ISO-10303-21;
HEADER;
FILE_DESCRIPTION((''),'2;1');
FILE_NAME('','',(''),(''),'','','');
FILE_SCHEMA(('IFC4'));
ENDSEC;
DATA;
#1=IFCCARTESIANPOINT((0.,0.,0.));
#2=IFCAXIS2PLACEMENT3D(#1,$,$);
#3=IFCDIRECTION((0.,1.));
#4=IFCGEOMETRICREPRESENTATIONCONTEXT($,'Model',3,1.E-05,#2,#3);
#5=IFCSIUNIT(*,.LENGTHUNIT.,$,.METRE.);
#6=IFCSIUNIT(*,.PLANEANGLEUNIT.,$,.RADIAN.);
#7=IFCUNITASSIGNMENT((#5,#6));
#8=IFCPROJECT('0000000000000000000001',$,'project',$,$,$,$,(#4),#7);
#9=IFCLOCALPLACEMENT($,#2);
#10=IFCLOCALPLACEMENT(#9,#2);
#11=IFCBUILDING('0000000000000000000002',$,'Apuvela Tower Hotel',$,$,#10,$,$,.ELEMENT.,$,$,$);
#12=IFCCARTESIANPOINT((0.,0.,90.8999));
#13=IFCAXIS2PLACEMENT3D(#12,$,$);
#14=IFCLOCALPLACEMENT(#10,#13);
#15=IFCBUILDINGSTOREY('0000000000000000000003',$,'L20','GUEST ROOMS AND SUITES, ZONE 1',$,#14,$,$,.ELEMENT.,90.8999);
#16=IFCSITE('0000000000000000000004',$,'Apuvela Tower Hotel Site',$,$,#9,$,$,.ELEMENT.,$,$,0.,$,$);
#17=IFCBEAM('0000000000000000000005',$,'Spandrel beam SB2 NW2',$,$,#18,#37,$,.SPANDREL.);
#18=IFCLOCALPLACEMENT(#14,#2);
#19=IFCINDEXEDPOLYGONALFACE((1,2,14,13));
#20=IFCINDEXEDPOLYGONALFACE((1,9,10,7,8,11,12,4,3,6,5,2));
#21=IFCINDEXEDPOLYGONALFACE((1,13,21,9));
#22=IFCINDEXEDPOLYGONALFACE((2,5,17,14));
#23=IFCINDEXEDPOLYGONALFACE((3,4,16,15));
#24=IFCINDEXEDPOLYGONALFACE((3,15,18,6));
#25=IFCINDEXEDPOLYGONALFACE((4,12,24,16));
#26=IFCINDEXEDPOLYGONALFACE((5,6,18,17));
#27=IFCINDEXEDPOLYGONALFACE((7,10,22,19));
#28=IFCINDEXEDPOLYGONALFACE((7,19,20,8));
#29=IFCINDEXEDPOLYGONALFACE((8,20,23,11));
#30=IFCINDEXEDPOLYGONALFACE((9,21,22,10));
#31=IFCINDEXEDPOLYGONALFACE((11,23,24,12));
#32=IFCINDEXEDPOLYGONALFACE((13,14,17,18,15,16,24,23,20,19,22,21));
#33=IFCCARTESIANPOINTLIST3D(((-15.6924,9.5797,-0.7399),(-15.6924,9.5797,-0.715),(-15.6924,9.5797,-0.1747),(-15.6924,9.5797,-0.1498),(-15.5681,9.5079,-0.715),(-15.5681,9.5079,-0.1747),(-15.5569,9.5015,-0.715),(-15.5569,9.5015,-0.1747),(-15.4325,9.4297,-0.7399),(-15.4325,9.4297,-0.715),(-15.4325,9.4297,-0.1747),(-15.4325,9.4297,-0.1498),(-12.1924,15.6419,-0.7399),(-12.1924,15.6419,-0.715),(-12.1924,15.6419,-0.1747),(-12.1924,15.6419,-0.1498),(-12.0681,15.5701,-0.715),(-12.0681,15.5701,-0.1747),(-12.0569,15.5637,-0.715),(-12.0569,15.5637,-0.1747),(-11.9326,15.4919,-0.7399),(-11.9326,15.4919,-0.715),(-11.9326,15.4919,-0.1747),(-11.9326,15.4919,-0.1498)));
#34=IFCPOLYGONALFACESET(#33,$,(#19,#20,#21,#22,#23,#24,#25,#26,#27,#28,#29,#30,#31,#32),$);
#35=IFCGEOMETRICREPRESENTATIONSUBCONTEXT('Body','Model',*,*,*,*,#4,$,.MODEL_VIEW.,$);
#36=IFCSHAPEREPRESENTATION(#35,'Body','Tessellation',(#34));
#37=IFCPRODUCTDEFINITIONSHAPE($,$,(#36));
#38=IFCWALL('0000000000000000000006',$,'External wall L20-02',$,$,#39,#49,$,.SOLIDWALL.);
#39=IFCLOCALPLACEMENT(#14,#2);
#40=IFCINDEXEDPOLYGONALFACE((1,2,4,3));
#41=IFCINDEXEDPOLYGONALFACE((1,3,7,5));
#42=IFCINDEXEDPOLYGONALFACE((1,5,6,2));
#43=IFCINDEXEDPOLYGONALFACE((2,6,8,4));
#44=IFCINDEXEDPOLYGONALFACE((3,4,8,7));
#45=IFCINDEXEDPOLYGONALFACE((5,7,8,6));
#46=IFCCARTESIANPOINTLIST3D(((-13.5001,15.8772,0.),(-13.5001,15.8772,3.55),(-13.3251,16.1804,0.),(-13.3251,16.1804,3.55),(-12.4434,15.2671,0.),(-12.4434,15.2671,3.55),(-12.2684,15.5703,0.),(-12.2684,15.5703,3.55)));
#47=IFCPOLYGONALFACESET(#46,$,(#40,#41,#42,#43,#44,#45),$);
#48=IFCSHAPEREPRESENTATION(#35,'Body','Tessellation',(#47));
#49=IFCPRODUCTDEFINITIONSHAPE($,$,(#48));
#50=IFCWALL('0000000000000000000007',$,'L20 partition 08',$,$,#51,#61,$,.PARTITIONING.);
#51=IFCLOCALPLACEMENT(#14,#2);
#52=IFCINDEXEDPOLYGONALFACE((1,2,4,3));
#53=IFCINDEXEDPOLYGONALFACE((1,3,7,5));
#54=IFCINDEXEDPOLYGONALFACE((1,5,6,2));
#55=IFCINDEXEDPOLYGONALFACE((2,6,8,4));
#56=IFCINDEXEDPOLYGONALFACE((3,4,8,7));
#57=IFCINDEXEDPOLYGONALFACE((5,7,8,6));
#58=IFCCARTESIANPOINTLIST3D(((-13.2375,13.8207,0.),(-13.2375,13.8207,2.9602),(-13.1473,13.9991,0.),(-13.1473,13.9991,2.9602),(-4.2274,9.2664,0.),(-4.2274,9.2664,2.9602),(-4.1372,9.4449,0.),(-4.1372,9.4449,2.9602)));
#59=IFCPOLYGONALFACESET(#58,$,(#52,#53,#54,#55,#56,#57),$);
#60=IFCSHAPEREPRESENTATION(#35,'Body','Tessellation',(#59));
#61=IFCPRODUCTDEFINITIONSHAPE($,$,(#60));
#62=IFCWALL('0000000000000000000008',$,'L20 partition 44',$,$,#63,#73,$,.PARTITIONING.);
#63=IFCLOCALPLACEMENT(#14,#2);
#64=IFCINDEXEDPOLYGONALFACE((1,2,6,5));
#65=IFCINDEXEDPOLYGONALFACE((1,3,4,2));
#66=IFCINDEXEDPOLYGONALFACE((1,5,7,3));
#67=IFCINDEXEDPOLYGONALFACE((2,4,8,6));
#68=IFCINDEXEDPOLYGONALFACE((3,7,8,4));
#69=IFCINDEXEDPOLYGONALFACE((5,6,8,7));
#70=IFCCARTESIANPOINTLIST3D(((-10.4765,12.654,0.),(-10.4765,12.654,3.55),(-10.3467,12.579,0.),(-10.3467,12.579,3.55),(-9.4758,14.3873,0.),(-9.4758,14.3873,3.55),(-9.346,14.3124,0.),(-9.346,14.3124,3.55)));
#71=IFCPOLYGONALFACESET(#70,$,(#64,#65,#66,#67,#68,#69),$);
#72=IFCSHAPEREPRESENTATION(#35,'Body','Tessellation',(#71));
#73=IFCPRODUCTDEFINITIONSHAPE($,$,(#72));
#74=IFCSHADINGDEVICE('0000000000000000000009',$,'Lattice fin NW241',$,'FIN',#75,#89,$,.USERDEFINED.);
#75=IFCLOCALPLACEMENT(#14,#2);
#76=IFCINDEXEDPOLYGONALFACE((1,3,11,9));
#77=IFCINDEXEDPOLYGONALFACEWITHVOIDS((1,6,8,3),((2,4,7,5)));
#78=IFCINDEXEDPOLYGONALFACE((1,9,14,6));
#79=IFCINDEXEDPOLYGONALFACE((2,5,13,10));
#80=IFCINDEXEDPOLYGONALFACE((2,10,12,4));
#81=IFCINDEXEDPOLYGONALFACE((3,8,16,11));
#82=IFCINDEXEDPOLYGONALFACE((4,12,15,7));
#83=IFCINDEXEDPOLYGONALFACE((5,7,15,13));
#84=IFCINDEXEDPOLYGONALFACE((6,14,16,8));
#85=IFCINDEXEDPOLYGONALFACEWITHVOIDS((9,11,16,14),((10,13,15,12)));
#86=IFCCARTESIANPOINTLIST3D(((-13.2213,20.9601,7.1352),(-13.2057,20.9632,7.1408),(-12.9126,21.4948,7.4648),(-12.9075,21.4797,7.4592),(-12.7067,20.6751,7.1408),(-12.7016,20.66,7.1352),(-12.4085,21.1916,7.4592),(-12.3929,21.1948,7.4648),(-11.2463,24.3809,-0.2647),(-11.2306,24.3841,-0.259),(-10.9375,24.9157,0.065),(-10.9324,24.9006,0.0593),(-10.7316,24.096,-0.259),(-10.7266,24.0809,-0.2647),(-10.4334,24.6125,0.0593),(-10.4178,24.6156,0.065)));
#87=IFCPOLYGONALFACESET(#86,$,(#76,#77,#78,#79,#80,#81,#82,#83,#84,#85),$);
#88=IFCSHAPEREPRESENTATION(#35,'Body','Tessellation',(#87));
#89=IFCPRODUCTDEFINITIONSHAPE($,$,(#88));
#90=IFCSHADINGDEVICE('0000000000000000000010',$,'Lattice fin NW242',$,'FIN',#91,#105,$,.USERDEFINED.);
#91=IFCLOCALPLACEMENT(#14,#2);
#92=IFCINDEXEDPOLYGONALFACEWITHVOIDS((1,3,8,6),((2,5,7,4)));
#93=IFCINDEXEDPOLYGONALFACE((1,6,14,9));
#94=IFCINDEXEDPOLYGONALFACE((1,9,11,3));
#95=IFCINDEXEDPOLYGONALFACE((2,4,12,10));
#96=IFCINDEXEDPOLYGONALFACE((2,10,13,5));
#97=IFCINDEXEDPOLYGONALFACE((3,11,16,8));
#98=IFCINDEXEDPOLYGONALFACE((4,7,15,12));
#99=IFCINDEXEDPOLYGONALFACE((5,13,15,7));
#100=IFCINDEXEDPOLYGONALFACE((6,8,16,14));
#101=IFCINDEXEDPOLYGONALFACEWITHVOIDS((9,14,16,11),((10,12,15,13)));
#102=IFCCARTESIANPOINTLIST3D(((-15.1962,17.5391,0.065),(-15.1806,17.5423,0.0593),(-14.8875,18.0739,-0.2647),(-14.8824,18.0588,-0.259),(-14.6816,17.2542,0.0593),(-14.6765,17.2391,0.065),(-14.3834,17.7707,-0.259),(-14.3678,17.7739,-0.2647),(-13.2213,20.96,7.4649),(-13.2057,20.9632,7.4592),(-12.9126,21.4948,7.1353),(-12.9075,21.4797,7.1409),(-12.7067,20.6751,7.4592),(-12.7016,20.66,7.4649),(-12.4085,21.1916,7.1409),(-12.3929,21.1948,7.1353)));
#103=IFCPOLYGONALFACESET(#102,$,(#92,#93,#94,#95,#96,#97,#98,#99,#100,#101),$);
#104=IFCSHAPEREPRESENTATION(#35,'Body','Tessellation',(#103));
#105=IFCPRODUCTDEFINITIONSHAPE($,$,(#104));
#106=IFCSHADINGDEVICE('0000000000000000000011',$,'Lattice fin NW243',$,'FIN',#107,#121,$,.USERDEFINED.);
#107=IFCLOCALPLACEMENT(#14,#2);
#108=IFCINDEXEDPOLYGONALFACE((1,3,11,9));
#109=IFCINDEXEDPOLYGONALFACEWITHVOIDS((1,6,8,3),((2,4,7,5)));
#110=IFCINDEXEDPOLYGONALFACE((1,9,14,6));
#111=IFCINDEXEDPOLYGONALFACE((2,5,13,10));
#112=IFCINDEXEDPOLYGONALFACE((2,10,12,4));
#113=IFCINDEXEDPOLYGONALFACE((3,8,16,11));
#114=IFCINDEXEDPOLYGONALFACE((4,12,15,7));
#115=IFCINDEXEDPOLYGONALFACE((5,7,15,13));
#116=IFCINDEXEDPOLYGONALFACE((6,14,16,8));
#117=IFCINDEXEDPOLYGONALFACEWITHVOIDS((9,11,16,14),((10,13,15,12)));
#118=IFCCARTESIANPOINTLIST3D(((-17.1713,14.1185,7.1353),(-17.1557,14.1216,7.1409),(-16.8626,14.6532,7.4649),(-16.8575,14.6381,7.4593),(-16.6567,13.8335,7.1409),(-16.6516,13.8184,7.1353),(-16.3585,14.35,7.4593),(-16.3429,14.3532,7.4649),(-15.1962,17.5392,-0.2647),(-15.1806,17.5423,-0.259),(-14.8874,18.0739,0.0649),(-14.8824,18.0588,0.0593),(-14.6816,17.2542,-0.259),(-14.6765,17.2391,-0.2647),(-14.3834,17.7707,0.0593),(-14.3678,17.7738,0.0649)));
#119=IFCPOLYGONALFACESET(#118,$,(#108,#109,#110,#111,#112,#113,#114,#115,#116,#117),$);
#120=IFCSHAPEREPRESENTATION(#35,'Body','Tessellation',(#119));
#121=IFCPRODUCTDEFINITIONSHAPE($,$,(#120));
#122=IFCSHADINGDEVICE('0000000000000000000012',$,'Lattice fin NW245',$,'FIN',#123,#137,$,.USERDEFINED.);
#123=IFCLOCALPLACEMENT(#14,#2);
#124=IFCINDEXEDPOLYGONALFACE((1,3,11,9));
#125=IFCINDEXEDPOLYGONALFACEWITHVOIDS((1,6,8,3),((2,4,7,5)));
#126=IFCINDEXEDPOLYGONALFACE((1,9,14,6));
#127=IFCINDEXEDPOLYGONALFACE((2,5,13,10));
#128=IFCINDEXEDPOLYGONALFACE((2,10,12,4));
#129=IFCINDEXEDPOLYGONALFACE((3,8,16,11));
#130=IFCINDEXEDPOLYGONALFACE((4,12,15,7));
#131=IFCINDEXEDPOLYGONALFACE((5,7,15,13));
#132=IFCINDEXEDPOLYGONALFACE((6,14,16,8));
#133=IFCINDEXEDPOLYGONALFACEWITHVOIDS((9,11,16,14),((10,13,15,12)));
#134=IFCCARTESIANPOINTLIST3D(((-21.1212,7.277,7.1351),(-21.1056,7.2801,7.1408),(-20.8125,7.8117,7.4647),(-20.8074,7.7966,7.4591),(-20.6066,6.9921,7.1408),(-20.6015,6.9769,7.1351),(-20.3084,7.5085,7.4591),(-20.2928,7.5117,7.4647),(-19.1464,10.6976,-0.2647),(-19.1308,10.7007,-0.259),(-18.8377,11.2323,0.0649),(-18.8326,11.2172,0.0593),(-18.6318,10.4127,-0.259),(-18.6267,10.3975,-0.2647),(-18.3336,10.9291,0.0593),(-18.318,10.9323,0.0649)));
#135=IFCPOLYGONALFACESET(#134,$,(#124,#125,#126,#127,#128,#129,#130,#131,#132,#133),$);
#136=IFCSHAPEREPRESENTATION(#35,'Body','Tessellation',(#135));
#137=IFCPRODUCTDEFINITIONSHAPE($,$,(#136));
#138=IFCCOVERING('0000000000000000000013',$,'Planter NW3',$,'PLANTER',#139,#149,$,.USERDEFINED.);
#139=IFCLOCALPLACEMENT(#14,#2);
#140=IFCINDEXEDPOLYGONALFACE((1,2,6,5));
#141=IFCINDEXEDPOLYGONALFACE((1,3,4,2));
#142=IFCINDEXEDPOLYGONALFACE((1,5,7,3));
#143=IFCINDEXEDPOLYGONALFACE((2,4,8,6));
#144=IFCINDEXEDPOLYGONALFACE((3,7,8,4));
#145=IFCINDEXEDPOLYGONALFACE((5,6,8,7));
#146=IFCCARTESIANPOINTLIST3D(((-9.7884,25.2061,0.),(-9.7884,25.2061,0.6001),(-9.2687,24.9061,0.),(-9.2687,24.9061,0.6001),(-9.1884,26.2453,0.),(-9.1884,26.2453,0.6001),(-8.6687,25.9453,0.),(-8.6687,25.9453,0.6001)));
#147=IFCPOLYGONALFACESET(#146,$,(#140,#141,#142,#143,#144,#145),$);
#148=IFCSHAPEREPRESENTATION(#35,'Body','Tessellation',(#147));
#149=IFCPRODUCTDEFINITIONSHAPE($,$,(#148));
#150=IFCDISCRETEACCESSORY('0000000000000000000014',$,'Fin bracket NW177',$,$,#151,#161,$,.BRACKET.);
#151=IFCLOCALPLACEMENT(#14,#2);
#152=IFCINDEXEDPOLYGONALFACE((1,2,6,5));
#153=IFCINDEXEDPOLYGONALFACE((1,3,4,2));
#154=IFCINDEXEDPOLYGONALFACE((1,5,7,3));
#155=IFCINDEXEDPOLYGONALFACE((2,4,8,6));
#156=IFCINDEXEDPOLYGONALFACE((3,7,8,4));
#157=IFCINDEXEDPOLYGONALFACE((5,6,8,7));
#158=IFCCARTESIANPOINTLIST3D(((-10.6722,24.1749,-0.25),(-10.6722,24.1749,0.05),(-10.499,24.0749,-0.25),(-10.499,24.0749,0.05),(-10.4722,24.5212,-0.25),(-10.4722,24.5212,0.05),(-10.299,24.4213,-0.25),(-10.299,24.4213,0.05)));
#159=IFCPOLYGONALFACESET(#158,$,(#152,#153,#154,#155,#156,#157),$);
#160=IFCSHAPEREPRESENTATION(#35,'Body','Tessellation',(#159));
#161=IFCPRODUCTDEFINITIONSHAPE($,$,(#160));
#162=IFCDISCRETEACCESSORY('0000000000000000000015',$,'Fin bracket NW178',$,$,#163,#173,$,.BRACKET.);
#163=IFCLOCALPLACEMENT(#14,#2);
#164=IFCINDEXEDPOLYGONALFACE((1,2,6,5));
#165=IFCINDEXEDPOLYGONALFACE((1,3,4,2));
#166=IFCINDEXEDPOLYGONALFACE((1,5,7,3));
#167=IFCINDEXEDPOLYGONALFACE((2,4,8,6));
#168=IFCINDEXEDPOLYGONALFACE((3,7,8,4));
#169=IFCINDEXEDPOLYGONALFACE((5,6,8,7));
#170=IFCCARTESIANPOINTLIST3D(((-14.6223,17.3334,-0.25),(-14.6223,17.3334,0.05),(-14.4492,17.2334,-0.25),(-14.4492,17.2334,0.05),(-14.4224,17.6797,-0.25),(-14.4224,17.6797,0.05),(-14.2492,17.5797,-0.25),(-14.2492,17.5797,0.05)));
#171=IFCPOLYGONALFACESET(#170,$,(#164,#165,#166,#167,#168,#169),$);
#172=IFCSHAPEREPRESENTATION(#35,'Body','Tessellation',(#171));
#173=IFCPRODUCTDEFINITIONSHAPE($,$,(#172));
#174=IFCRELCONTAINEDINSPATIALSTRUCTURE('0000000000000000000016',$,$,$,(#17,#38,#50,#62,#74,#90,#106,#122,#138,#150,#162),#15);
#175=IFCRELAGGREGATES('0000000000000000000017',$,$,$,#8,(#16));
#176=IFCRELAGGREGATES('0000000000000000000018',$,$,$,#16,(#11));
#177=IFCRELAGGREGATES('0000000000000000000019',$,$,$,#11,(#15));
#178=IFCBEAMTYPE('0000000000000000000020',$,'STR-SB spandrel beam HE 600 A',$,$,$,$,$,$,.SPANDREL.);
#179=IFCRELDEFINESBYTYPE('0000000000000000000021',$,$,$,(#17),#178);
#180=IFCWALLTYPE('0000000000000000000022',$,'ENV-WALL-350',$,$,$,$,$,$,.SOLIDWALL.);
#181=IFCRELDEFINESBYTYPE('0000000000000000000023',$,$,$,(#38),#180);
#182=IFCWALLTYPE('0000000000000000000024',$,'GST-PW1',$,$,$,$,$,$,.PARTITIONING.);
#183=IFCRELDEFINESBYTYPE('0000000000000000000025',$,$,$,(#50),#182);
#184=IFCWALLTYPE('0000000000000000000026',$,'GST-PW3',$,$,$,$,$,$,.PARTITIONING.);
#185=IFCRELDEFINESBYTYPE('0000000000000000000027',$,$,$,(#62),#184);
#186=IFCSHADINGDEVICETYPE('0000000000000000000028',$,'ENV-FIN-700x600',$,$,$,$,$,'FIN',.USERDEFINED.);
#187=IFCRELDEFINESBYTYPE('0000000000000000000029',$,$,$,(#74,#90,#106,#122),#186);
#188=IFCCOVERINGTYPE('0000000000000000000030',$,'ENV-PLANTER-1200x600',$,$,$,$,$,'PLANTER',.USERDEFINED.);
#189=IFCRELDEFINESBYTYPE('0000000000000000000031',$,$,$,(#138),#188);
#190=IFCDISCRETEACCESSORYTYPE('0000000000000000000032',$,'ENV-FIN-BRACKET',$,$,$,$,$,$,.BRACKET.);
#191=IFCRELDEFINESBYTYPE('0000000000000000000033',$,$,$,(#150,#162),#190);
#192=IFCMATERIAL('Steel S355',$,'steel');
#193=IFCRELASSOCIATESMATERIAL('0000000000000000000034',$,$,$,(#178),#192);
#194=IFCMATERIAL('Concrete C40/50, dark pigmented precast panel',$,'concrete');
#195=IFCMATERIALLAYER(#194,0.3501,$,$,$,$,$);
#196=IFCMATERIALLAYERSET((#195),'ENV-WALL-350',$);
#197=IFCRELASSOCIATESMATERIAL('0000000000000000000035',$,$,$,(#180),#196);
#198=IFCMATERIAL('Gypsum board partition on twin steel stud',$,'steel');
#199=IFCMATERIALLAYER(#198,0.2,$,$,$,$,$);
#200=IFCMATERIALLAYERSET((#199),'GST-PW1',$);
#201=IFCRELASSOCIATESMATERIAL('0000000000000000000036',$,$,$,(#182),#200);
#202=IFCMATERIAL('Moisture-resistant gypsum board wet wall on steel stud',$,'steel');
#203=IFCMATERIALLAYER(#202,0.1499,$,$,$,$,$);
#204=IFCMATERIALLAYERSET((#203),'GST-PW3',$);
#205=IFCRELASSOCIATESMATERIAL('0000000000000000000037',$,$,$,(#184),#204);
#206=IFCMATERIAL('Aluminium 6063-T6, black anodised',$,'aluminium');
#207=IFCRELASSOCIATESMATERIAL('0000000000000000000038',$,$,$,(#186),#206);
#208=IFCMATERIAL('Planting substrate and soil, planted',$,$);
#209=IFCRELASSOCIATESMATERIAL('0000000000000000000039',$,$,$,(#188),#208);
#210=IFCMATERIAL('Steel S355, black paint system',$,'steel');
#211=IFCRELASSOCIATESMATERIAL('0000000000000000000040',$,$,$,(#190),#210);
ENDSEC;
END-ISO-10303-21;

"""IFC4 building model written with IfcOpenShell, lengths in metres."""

from ifc_helpers import new_model, si_unit, direction, frame, frame_2d, origin, origin_2d, place, context, subcontext, project, spatial, rectangle, hollow_rectangle, i_section, extrude, material, layer, layer_set, material_profile, profile_set, type_object, element, save


model = new_model("IFC4")

# Units and contexts
model_context = context("Model", 3, precision=1e-05, world=origin(), true_north=direction((0.0, 1.0)))
body_context = subcontext(model_context, "Body", "Model", "MODEL_VIEW")
ifc_project = project(units=[si_unit("LENGTHUNIT", "METRE"), si_unit("PLANEANGLEUNIT", "RADIAN")], contexts=[model_context])

# Site, building, storey
site_placement = place(None, origin())
site = spatial("IfcSite", under=ifc_project, at=site_placement, Name="Apuvela Tower Hotel Site", CompositionType="ELEMENT", RefElevation=0.0)
building_placement = place(site_placement, origin())
building = spatial("IfcBuilding", under=site, at=building_placement, Name="Apuvela Tower Hotel", CompositionType="ELEMENT")
storey_placement = place(building_placement, frame((0.0, 0.0, 90.8999)))
storey = spatial("IfcBuildingStorey", under=building, at=storey_placement, Name="L20", Description="GUEST ROOMS AND SUITES, ZONE 1", CompositionType="ELEMENT", Elevation=90.8999)

# Beam
ifc_material_1 = material(Name="Steel S355", Category="steel")
ifc_material_profile_1 = material_profile(ifc_material_1, i_section(OverallWidth=0.3, OverallDepth=0.5901, WebThickness=0.0129, FlangeThickness=0.0249, at=origin_2d()), Name="HE 600 A")
ifc_profile_set_1 = profile_set([ifc_material_profile_1], Name="Steel S355")
beam_type_1 = type_object("IfcBeamType", Name="STR-SB spandrel beam HE 600 A", PredefinedType="SPANDREL", material=ifc_profile_set_1)
for number, where, z_axis, x_axis, name in (
    (1, (-12.0625, 15.5669, -0.4448), (-0.499995, -0.866028, 0.0), (0.866028, -0.499995, 0.0), "Spandrel beam SB2 NW2"),
):
    element("IfcBeam", number, at=place(storey_placement, frame(where, z_axis=z_axis, x_axis=x_axis)), inside=storey, type_object=beam_type_1, Name=name, PredefinedType="SPANDREL", context=body_context, shape_type="SweptSolid", body=[
        extrude(i_section(OverallWidth=0.3, OverallDepth=0.5901, WebThickness=0.0129, FlangeThickness=0.0249, at=origin_2d()), origin(), (0.0, 0.0, 1.0), 7.0),
    ])

# Wall
ifc_material_2 = material(Name="Concrete C40/50, dark pigmented precast panel", Category="concrete")
ifc_layer_1 = layer(ifc_material_2, 0.3501)
ifc_layer_set_1 = layer_set([ifc_layer_1], Name="ENV-WALL-350")
wall_type_1 = type_object("IfcWallType", Name="ENV-WALL-350", PredefinedType="SOLIDWALL", material=ifc_layer_set_1)
wall_1_placement = place(storey_placement, frame((-13.4126, 16.0288, 0.0), z_axis=(0.0, 0.0, 1.0), x_axis=(0.866006, -0.500034, 0.0)))
element("IfcWall", 2, at=wall_1_placement, inside=storey, type_object=wall_type_1, Name="External wall L20-02", PredefinedType="SOLIDWALL", context=body_context, shape_type="SweptSolid", body=[
    extrude(rectangle(XDim=1.2202, YDim=0.3501, at=frame_2d((0.6101, 0.0))), origin(), (0.0, 0.0, 1.0), 3.55),
])

# Walls
ifc_material_3 = material(Name="Gypsum board partition on twin steel stud", Category="steel")
ifc_layer_2 = layer(ifc_material_3, 0.2)
ifc_layer_set_2 = layer_set([ifc_layer_2], Name="GST-PW1")
wall_type_2 = type_object("IfcWallType", Name="GST-PW1", PredefinedType="PARTITIONING", material=ifc_layer_set_2)
wall_2_placement = place(storey_placement, frame((-13.1924, 13.9099, 0.0), z_axis=(0.0, 0.0, 1.0), x_axis=(0.89247, -0.451108, 0.0)))
element("IfcWall", 3, at=wall_2_placement, inside=storey, type_object=wall_type_2, Name="L20 partition 08", PredefinedType="PARTITIONING", context=body_context, shape_type="SweptSolid", body=[
    extrude(rectangle(XDim=10.0957, YDim=0.2, at=frame_2d((5.0479, 0.0))), origin(), (0.0, 0.0, 1.0), 2.9602),
])
ifc_material_4 = material(Name="Moisture-resistant gypsum board wet wall on steel stud", Category="steel")
ifc_layer_3 = layer(ifc_material_4, 0.1499)
ifc_layer_set_3 = layer_set([ifc_layer_3], Name="GST-PW3")
wall_type_3 = type_object("IfcWallType", Name="GST-PW3", PredefinedType="PARTITIONING", material=ifc_layer_set_3)
wall_3_placement = place(storey_placement, frame((-9.4109, 14.3499, 0.0), z_axis=(0.0, 0.0, 1.0), x_axis=(-0.499983, -0.866035, 0.0)))
element("IfcWall", 4, at=wall_3_placement, inside=storey, type_object=wall_type_3, Name="L20 partition 44", PredefinedType="PARTITIONING", context=body_context, shape_type="SweptSolid", body=[
    extrude(rectangle(XDim=2.0015, YDim=0.1499, at=frame_2d((1.0007, 0.0))), origin(), (0.0, 0.0, 1.0), 3.55),
])

# Shading devices
ifc_material_5 = material(Name="Aluminium 6063-T6, black anodised", Category="aluminium")
ifc_material_profile_2 = material_profile(ifc_material_5, hollow_rectangle(XDim=0.6001, YDim=0.7, WallThickness=0.012, at=origin_2d()), Name="AL BOX 700x600x12")
ifc_profile_set_2 = profile_set([ifc_material_profile_2], Name="Aluminium 6063-T6, black anodised")
shading_device_type = type_object("IfcShadingDeviceType", Name="ENV-FIN-700x600", ElementType="FIN", PredefinedType="USERDEFINED", material=ifc_profile_set_2)
for number, where, z_axis, x_axis, name in (
    (5, (-10.832, 24.4983, -0.0999), (-0.235461, -0.407822, 0.882179), (0.866021, -0.500008, 0.0), "Lattice fin NW241"),
    (6, (-14.782, 17.6565, -0.0999), (0.235434, 0.407825, 0.882185), (-0.866048, 0.499961, 0.0), "Lattice fin NW242"),
    (7, (-14.782, 17.6565, -0.0999), (-0.235464, -0.407798, 0.882189), (0.866005, -0.500035, 0.0), "Lattice fin NW243"),
):
    element("IfcShadingDevice", number, at=place(storey_placement, frame(where, z_axis=z_axis, x_axis=x_axis)), inside=storey, type_object=shading_device_type, Name=name, ObjectType="FIN", PredefinedType="USERDEFINED", context=body_context, shape_type="SweptSolid", body=[
        extrude(hollow_rectangle(XDim=0.6001, YDim=0.7, WallThickness=0.012, at=origin_2d()), origin(), (0.0, 0.0, 1.0), 8.3882),
    ])
shading_device_placement = place(storey_placement, frame((-18.7322, 10.8149, -0.0999), z_axis=(-0.235436, -0.407801, 0.882195), x_axis=(0.866032, -0.499988, 0.0)))
element("IfcShadingDevice", 8, at=shading_device_placement, inside=storey, type_object=shading_device_type, Name="Lattice fin NW245", ObjectType="FIN", PredefinedType="USERDEFINED", context=body_context, shape_type="SweptSolid", body=[
    extrude(hollow_rectangle(XDim=0.6001, YDim=0.7, WallThickness=0.012, at=origin_2d()), origin(), (0.0, 0.0, 1.0), 8.3879),
])

# Covering
ifc_material_6 = material(Name="Planting substrate and soil, planted")
covering_type = type_object("IfcCoveringType", Name="ENV-PLANTER-1200x600", ElementType="PLANTER", PredefinedType="USERDEFINED", material=ifc_material_6)
covering_placement = place(storey_placement, frame((-9.2285, 25.5757, 0.0), z_axis=(0.0, 0.0, 1.0), x_axis=(-0.5, -0.866025, 0.0)))
element("IfcCovering", 9, at=covering_placement, inside=storey, type_object=covering_type, Name="Planter NW3", ObjectType="PLANTER", PredefinedType="USERDEFINED", context=body_context, shape_type="SweptSolid", body=[
    extrude(rectangle(XDim=1.2, YDim=0.6001, at=origin_2d()), origin(), (0.0, 0.0, 1.0), 0.6001),
])

# Discrete accessories
ifc_material_7 = material(Name="Steel S355, black paint system", Category="steel")
discrete_accessory_type = type_object("IfcDiscreteAccessoryType", Name="ENV-FIN-BRACKET", PredefinedType="BRACKET", material=ifc_material_7)
for number, where, z_axis, x_axis, name in (
    (10, (-10.4856, 24.2981, -0.25), (0.0, 0.0, 1.0), (-0.5, -0.866025, 0.0), "Fin bracket NW177"),
    (11, (-14.4358, 17.4565, -0.25), (0.0, 0.0, 1.0), (-0.5, -0.866025, 0.0), "Fin bracket NW178"),
):
    element("IfcDiscreteAccessory", number, at=place(storey_placement, frame(where, z_axis=z_axis, x_axis=x_axis)), inside=storey, type_object=discrete_accessory_type, Name=name, PredefinedType="BRACKET", context=body_context, shape_type="SweptSolid", body=[
        extrude(rectangle(XDim=0.3999, YDim=0.2, at=origin_2d()), origin(), (0.0, 0.0, 1.0), 0.3),
    ])

save(model, "model.ifc")
